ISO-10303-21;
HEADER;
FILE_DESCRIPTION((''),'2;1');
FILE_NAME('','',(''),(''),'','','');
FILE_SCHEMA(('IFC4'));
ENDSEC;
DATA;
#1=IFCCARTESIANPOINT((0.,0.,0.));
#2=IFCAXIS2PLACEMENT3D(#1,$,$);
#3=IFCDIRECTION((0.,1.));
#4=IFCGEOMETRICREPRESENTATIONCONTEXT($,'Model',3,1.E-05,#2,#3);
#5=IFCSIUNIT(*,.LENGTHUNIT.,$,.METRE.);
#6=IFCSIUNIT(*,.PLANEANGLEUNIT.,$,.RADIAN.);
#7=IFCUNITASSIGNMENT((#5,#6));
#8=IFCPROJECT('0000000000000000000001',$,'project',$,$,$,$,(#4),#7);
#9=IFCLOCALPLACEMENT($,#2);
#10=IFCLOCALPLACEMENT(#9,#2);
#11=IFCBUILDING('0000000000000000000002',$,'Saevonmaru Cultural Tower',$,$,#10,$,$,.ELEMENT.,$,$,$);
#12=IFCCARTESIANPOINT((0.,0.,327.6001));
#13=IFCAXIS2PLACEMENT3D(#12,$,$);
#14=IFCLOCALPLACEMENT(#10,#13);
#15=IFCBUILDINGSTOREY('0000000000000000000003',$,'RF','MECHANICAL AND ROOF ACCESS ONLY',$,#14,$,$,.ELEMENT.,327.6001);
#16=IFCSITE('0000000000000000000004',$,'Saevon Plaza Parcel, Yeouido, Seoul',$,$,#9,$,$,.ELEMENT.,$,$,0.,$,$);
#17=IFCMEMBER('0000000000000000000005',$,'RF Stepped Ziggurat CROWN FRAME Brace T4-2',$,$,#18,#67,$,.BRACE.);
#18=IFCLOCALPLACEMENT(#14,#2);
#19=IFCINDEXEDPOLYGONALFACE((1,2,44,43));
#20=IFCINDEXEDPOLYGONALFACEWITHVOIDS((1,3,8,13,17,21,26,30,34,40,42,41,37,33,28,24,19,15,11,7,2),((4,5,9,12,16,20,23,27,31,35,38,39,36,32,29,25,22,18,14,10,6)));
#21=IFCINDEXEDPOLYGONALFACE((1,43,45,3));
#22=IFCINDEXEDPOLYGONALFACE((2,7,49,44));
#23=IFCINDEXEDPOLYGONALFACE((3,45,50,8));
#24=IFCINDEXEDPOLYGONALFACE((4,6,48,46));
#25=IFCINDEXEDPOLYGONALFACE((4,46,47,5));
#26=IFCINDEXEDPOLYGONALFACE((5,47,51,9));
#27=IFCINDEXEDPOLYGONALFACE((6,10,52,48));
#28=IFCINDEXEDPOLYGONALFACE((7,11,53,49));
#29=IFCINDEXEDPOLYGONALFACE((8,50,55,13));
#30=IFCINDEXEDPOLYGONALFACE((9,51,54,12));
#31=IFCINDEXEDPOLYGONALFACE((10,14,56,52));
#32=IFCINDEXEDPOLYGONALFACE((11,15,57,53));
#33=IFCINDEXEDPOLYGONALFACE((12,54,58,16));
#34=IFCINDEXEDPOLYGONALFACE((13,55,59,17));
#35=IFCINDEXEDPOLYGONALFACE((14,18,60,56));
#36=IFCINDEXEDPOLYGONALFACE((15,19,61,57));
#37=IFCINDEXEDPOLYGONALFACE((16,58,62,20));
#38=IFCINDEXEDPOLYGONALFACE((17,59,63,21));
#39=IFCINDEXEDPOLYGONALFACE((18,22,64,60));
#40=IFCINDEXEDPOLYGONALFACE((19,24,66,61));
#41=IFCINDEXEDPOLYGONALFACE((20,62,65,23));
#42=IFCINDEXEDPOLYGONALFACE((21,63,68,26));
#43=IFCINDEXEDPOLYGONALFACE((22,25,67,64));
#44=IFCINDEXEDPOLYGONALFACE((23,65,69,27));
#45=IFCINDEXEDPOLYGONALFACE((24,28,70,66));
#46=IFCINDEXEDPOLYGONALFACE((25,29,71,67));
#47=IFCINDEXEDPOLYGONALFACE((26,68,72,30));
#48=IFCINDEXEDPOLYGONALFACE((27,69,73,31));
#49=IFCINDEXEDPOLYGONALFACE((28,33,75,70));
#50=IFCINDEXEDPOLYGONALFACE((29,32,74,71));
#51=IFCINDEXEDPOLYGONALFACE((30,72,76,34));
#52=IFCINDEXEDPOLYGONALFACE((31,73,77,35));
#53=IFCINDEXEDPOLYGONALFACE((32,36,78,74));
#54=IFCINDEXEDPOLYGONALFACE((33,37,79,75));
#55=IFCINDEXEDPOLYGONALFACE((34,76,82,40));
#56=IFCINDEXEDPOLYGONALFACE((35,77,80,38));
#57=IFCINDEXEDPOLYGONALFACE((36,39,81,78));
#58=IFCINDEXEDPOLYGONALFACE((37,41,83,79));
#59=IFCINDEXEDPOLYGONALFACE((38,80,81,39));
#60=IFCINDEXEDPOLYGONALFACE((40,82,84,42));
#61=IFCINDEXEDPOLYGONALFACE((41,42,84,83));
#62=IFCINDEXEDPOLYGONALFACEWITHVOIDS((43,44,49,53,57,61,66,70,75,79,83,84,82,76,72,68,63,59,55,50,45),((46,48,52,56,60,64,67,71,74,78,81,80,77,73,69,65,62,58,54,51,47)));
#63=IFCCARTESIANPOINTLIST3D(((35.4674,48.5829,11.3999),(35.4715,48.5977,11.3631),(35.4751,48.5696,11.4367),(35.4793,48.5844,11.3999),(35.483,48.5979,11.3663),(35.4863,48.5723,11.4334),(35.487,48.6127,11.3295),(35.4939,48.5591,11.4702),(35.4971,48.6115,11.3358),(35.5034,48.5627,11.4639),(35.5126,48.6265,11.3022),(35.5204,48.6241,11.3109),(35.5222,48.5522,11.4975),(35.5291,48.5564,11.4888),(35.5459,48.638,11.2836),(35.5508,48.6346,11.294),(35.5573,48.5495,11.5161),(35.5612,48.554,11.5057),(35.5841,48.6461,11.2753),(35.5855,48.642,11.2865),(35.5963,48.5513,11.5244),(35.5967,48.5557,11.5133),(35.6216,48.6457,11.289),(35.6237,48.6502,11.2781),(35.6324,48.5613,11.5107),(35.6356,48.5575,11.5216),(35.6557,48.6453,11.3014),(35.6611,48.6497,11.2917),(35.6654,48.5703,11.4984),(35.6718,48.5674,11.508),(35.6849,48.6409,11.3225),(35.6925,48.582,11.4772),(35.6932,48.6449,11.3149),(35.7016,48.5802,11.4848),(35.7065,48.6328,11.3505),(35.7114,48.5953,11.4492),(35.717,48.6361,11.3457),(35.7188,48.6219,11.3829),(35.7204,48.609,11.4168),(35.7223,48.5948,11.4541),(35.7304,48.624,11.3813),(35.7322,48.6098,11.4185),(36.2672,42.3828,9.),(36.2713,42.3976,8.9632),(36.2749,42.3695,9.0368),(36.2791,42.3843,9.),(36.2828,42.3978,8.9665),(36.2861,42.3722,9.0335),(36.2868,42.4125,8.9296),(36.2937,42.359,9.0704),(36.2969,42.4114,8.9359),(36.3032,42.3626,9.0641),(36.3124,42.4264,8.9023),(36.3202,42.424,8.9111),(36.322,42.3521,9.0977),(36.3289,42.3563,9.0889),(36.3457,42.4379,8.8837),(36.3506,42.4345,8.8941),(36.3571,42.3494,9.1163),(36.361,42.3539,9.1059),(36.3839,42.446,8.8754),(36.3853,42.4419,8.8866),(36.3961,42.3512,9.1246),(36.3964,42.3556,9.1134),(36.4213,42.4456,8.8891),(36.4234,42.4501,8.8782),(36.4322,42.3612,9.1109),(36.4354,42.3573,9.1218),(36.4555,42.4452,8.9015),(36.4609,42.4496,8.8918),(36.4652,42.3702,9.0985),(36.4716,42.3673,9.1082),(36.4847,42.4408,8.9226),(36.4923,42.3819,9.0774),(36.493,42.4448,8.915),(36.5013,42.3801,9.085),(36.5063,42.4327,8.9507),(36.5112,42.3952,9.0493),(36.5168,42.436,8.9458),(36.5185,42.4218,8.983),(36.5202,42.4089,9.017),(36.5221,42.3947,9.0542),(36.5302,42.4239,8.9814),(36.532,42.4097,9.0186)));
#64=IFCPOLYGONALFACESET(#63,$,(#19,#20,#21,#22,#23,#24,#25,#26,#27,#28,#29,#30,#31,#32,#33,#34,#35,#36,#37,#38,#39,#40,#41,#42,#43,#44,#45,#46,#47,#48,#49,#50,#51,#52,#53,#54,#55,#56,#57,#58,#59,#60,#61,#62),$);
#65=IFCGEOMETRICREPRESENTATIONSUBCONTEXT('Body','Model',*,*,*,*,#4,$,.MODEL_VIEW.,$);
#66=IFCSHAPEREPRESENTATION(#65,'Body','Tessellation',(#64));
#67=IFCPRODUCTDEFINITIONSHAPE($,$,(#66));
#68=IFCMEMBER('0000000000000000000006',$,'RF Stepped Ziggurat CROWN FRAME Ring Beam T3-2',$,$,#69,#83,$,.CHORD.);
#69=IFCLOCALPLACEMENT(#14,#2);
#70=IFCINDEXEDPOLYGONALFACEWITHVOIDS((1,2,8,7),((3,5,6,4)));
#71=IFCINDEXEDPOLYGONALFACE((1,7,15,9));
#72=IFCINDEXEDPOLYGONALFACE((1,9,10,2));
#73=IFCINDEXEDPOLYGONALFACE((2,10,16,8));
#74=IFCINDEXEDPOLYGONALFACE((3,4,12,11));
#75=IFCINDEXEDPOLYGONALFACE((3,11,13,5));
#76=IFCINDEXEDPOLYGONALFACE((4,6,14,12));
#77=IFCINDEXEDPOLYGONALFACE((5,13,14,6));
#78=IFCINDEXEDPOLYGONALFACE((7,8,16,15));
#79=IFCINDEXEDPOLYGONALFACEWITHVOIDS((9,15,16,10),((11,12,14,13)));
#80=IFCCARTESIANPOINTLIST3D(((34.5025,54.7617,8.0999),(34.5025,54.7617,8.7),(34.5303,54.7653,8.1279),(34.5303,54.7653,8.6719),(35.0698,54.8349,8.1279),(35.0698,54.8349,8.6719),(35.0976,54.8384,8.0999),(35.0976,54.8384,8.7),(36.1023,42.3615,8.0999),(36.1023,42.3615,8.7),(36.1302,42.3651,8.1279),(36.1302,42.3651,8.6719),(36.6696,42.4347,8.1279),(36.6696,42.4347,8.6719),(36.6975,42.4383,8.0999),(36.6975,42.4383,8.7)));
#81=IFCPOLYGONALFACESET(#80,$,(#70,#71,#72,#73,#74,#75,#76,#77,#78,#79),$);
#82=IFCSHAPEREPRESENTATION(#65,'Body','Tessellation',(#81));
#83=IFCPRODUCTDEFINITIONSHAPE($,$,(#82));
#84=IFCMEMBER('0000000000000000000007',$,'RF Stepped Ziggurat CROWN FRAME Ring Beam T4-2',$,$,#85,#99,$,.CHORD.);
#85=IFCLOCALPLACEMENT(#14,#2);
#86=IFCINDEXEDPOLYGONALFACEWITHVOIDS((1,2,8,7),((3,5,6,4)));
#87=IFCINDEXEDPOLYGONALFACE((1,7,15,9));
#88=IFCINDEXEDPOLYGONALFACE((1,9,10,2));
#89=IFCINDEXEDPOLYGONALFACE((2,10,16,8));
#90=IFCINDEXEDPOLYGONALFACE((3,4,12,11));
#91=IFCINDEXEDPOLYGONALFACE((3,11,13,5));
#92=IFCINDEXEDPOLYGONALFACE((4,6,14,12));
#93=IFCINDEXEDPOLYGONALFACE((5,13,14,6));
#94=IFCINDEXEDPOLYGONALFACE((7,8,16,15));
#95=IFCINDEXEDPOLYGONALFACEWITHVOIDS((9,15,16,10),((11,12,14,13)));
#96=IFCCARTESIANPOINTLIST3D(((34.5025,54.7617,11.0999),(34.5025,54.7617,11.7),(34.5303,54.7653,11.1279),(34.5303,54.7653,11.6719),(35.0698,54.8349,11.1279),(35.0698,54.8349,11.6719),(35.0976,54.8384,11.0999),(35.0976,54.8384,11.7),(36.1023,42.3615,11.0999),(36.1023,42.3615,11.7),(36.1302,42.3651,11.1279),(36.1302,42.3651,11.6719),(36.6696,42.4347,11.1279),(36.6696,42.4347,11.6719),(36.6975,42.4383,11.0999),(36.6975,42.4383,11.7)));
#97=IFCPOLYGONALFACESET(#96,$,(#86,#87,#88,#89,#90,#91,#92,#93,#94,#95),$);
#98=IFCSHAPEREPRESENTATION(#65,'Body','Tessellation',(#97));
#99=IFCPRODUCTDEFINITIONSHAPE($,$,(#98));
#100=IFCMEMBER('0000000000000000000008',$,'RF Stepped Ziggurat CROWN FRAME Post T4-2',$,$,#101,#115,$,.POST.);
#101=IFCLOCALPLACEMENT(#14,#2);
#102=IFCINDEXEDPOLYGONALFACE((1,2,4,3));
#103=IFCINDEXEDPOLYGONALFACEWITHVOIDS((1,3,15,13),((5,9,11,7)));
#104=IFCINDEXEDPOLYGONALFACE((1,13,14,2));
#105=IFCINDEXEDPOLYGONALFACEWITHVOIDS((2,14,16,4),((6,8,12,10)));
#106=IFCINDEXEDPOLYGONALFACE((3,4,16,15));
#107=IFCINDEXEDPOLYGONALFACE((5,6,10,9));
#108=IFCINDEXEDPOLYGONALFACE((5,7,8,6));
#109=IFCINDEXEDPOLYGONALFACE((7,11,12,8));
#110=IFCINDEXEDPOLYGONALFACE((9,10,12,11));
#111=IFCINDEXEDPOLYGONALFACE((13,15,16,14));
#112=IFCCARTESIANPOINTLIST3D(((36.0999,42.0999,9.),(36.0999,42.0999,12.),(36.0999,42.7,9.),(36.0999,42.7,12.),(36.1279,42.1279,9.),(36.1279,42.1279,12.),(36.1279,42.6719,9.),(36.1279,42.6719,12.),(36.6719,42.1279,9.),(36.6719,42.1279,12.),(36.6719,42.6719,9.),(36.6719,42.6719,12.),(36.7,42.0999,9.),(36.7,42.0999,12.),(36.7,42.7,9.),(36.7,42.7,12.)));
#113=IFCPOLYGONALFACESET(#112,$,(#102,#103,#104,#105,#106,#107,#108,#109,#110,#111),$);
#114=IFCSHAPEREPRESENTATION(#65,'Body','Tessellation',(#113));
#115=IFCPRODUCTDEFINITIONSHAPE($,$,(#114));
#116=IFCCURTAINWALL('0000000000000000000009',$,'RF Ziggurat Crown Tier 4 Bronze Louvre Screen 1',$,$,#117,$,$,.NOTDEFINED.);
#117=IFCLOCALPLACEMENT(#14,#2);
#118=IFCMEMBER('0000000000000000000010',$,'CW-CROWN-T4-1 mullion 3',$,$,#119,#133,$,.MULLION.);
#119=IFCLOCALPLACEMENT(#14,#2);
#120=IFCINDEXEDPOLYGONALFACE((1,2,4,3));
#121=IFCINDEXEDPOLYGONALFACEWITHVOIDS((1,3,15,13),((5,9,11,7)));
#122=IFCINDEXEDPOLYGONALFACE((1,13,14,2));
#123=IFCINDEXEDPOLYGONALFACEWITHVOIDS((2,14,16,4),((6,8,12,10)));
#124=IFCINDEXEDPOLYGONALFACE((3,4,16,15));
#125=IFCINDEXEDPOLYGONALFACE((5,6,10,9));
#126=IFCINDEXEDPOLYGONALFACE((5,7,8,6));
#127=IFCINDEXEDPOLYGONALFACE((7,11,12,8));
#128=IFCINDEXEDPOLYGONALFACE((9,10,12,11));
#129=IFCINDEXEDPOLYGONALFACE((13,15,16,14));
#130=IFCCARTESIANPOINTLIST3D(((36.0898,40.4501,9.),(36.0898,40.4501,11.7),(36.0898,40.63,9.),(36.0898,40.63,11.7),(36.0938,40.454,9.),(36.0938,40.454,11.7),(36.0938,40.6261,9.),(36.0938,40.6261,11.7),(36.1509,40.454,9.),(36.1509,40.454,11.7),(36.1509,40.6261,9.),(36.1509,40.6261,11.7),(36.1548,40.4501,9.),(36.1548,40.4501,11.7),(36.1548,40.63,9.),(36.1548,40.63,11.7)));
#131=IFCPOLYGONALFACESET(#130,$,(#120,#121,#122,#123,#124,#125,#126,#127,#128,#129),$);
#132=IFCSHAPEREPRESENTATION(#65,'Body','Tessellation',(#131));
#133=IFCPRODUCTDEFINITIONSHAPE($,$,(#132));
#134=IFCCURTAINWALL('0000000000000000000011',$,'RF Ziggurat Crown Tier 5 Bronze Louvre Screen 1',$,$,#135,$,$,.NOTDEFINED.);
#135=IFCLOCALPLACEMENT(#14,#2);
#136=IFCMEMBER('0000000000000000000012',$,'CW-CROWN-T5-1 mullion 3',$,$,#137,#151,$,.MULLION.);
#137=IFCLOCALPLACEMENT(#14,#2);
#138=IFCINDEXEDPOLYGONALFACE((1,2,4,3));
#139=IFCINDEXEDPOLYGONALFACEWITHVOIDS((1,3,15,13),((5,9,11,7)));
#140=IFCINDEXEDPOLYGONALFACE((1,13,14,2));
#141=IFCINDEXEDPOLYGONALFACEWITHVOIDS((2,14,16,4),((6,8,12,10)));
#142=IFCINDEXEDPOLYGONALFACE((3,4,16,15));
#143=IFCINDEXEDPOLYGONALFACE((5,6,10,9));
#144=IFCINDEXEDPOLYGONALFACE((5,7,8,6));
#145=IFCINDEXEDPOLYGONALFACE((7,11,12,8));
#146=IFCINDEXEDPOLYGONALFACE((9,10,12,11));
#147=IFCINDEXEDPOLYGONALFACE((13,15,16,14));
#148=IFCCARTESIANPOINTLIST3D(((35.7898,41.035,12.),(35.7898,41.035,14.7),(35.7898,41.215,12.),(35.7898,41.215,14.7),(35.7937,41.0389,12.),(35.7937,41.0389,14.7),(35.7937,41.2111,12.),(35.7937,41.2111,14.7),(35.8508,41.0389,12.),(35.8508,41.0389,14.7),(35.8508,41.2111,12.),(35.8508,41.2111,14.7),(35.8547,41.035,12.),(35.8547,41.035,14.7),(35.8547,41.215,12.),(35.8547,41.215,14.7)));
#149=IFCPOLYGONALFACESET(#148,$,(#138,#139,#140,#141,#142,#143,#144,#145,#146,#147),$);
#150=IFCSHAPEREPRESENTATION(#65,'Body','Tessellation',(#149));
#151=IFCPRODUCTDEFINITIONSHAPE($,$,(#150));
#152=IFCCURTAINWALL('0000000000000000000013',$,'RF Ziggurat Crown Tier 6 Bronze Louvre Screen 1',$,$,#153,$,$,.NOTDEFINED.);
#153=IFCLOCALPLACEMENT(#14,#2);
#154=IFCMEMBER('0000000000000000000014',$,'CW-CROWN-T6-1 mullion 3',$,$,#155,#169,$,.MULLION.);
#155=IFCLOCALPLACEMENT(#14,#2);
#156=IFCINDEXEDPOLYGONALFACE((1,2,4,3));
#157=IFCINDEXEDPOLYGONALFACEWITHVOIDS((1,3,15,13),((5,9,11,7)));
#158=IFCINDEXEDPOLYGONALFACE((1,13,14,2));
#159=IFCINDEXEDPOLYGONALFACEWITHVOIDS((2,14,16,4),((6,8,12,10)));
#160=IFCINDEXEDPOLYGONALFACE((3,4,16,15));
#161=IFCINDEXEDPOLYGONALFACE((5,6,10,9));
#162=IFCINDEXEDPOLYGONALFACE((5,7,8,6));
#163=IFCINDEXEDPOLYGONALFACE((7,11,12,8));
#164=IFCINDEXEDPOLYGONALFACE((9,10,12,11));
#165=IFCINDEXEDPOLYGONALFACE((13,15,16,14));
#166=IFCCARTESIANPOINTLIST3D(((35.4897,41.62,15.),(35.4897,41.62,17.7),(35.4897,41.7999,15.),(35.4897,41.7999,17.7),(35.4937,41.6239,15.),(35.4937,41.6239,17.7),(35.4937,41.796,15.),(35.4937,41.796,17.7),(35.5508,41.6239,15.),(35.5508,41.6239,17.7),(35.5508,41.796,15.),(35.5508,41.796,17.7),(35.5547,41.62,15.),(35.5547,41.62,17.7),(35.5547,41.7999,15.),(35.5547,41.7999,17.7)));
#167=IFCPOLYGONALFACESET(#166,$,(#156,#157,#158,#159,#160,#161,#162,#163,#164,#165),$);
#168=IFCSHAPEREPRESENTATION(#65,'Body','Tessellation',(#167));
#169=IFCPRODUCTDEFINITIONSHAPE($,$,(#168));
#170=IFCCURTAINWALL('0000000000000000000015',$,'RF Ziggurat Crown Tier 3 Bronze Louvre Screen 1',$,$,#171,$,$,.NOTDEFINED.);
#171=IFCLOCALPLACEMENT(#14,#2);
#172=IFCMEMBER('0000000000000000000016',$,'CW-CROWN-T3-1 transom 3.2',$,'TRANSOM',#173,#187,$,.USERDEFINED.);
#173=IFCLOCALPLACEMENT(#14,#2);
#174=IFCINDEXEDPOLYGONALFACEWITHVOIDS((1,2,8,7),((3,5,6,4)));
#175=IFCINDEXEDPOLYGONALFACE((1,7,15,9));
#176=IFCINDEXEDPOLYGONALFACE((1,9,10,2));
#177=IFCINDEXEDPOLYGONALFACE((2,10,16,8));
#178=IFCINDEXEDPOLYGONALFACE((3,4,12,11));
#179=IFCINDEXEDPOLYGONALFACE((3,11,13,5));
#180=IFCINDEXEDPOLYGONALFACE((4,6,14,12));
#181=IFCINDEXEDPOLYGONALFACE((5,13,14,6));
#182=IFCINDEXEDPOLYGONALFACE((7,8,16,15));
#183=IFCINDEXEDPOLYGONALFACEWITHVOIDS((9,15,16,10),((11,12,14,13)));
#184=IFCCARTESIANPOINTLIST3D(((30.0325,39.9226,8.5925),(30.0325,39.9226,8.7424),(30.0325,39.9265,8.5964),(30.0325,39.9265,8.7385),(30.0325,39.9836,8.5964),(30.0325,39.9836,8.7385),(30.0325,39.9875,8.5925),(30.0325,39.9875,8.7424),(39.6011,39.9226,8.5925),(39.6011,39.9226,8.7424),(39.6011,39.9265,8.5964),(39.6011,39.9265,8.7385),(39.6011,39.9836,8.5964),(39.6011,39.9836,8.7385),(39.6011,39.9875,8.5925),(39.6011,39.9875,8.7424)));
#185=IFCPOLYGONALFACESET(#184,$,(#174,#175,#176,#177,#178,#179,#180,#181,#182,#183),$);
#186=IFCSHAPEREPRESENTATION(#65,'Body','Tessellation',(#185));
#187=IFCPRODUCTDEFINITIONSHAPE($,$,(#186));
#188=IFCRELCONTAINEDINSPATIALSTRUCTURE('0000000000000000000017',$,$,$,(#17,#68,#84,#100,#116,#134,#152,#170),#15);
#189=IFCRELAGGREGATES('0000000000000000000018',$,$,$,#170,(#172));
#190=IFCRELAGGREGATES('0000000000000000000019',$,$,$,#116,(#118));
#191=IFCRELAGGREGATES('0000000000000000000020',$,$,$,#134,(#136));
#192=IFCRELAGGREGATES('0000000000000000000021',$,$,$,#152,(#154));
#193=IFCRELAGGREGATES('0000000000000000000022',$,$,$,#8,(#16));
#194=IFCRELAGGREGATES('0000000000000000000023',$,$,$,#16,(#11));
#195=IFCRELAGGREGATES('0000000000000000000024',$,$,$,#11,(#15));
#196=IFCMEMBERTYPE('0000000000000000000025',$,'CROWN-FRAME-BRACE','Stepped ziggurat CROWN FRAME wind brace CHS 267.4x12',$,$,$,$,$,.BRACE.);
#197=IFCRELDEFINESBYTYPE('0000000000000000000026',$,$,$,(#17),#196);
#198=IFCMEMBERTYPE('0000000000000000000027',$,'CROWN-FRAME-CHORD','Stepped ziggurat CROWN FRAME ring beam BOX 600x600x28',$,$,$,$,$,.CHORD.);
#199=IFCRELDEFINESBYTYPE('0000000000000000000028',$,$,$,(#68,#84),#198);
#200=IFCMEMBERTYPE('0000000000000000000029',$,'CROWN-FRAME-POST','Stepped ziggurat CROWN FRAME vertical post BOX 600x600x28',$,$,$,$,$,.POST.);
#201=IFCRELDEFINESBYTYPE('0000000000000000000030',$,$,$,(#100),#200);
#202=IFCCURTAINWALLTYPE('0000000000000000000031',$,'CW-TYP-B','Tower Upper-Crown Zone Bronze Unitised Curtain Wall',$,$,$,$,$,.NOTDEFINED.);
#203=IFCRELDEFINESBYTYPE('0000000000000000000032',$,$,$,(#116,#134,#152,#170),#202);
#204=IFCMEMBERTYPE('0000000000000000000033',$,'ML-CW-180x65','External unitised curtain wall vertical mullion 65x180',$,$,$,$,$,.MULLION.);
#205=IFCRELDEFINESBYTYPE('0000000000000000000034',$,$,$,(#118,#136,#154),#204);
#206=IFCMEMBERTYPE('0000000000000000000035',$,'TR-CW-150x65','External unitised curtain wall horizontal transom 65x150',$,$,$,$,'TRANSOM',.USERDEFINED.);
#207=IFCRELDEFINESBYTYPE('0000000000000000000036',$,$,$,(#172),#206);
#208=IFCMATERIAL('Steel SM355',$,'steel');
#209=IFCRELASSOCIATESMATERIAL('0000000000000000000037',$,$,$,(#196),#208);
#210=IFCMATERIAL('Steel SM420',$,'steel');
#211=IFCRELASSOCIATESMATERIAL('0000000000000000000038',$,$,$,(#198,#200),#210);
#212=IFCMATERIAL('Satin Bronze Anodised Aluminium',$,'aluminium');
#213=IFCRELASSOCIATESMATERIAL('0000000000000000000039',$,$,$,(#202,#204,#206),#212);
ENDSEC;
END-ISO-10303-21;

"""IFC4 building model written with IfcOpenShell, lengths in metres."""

from ifc_helpers import new_model, si_unit, direction, frame, origin, origin_2d, place, context, subcontext, project, spatial, hollow_rectangle, hollow_circle, extrude, material, material_profile, profile_set, type_object, element, aggregate, save


model = new_model("IFC4")

# Units and contexts
model_context = context("Model", 3, precision=1e-05, world=origin(), true_north=direction((0.0, 1.0)))
body_context = subcontext(model_context, "Body", "Model", "MODEL_VIEW")
ifc_project = project(units=[si_unit("LENGTHUNIT", "METRE"), si_unit("PLANEANGLEUNIT", "RADIAN")], contexts=[model_context])

# Site, building, storey
site_placement = place(None, origin())
site = spatial("IfcSite", under=ifc_project, at=site_placement, Name="Saevon Plaza Parcel, Yeouido, Seoul", CompositionType="ELEMENT", RefElevation=0.0)
building_placement = place(site_placement, origin())
building = spatial("IfcBuilding", under=site, at=building_placement, Name="Saevonmaru Cultural Tower", CompositionType="ELEMENT")
storey_placement = place(building_placement, frame((0.0, 0.0, 327.6001)))
storey = spatial("IfcBuildingStorey", under=building, at=storey_placement, Name="RF", Description="MECHANICAL AND ROOF ACCESS ONLY", CompositionType="ELEMENT", Elevation=327.6001)

# Members
ifc_material_1 = material(Name="Steel SM355", Category="steel")
ifc_material_profile_1 = material_profile(ifc_material_1, hollow_circle(Radius=0.1338, WallThickness=0.012, at=origin_2d()), Name="CHS-267.4x12")
ifc_profile_set_1 = profile_set([ifc_material_profile_1], Name="Steel SM355")
member_type_1 = type_object("IfcMemberType", Name="CROWN-FRAME-BRACE", Description="Stepped ziggurat CROWN FRAME wind brace CHS 267.4x12", PredefinedType="BRACE", material=ifc_profile_set_1)
member_1_placement = place(storey_placement, frame((36.3999, 42.3999, 9.0), z_axis=(-0.119438, 0.925901, 0.358387), x_axis=(-0.991782, -0.127937, 0.0)))
element("IfcMember", 1, at=member_1_placement, inside=storey, type_object=member_type_1, Name="RF Stepped Ziggurat CROWN FRAME Brace T4-2", PredefinedType="BRACE", context=body_context, shape_type="SweptSolid", body=[
    extrude(hollow_circle(Radius=0.1338, WallThickness=0.012, at=origin_2d()), origin(), (0.0, 0.0, 1.0), 6.6963),
])
ifc_material_2 = material(Name="Steel SM420", Category="steel")
ifc_material_profile_2 = material_profile(ifc_material_2, hollow_rectangle(XDim=0.6001, YDim=0.6001, WallThickness=0.0281, at=origin_2d()), Name="BOX-600x600x28")
ifc_profile_set_2 = profile_set([ifc_material_profile_2], Name="Steel SM420")
member_type_2 = type_object("IfcMemberType", Name="CROWN-FRAME-CHORD", Description="Stepped ziggurat CROWN FRAME ring beam BOX 600x600x28", PredefinedType="CHORD", material=ifc_profile_set_2)
for number, where, z_axis, x_axis, name in (
    (2, (36.3999, 42.3999, 8.3999), (-0.127958, 0.99178, 0.0), (-0.99178, -0.127958, 0.0), "RF Stepped Ziggurat CROWN FRAME Ring Beam T3-2"),
    (3, (36.3999, 42.3999, 11.3999), (-0.127958, 0.99178, 0.0), (-0.99178, -0.127958, 0.0), "RF Stepped Ziggurat CROWN FRAME Ring Beam T4-2"),
):
    element("IfcMember", number, at=place(storey_placement, frame(where, z_axis=z_axis, x_axis=x_axis)), inside=storey, type_object=member_type_2, Name=name, PredefinedType="CHORD", context=body_context, shape_type="SweptSolid", body=[
        extrude(hollow_rectangle(XDim=0.6001, YDim=0.6001, WallThickness=0.0281, at=origin_2d()), origin(), (0.0, 0.0, 1.0), 12.5029),
    ])
ifc_material_profile_3 = material_profile(ifc_material_2, hollow_rectangle(XDim=0.6001, YDim=0.6001, WallThickness=0.0281, at=origin_2d()), Name="BOX-600x600x28")
ifc_profile_set_3 = profile_set([ifc_material_profile_3], Name="Steel SM420")
member_type_3 = type_object("IfcMemberType", Name="CROWN-FRAME-POST", Description="Stepped ziggurat CROWN FRAME vertical post BOX 600x600x28", PredefinedType="POST", material=ifc_profile_set_3)
member_2_placement = place(storey_placement, frame((36.3999, 42.3999, 9.0), z_axis=(0.0, 0.0, 1.0), x_axis=(1.0, 0.0, 0.0)))
element("IfcMember", 4, at=member_2_placement, inside=storey, type_object=member_type_3, Name="RF Stepped Ziggurat CROWN FRAME Post T4-2", PredefinedType="POST", context=body_context, shape_type="SweptSolid", body=[
    extrude(hollow_rectangle(XDim=0.6001, YDim=0.6001, WallThickness=0.0281, at=origin_2d()), origin(), (0.0, 0.0, 1.0), 3.0),
])

# Curtain walls, members
ifc_material_3 = material(Name="Satin Bronze Anodised Aluminium", Category="aluminium")
curtain_wall_type = type_object("IfcCurtainWallType", Name="CW-TYP-B", Description="Tower Upper-Crown Zone Bronze Unitised Curtain Wall", PredefinedType="NOTDEFINED", material=ifc_material_3)
curtain_wall_1_placement = place(storey_placement, origin())
curtain_wall_1 = element("IfcCurtainWall", 5, at=curtain_wall_1_placement, inside=storey, type_object=curtain_wall_type, Name="RF Ziggurat Crown Tier 4 Bronze Louvre Screen 1", PredefinedType="NOTDEFINED")
ifc_material_profile_4 = material_profile(ifc_material_3, hollow_rectangle(XDim=0.0649, YDim=0.1799, WallThickness=0.0039, at=origin_2d()), Name="ALU-MULL-180x65x4")
ifc_profile_set_4 = profile_set([ifc_material_profile_4], Name="Satin Bronze Anodised Aluminium")
member_type_4 = type_object("IfcMemberType", Name="ML-CW-180x65", Description="External unitised curtain wall vertical mullion 65x180", PredefinedType="MULLION", material=ifc_profile_set_4)
member_3_placement = place(storey_placement, frame((36.1223, 40.54, 9.0), z_axis=(0.0, 0.0, 1.0), x_axis=(1.0, 0.0, 0.0)))
member_3 = element("IfcMember", 6, at=member_3_placement, type_object=member_type_4, Name="CW-CROWN-T4-1 mullion 3", PredefinedType="MULLION", context=body_context, shape_type="SweptSolid", body=[
    extrude(hollow_rectangle(XDim=0.0649, YDim=0.1799, WallThickness=0.0039, at=origin_2d()), origin(), (0.0, 0.0, 1.0), 2.7),
])
curtain_wall_2_placement = place(storey_placement, origin())
curtain_wall_2 = element("IfcCurtainWall", 7, at=curtain_wall_2_placement, inside=storey, type_object=curtain_wall_type, Name="RF Ziggurat Crown Tier 5 Bronze Louvre Screen 1", PredefinedType="NOTDEFINED")
member_4_placement = place(storey_placement, frame((35.8223, 41.125, 12.0), z_axis=(0.0, 0.0, 1.0), x_axis=(1.0, 0.0, 0.0)))
member_4 = element("IfcMember", 8, at=member_4_placement, type_object=member_type_4, Name="CW-CROWN-T5-1 mullion 3", PredefinedType="MULLION", context=body_context, shape_type="SweptSolid", body=[
    extrude(hollow_rectangle(XDim=0.0649, YDim=0.1799, WallThickness=0.0039, at=origin_2d()), origin(), (0.0, 0.0, 1.0), 2.7),
])
curtain_wall_3_placement = place(storey_placement, origin())
curtain_wall_3 = element("IfcCurtainWall", 9, at=curtain_wall_3_placement, inside=storey, type_object=curtain_wall_type, Name="RF Ziggurat Crown Tier 6 Bronze Louvre Screen 1", PredefinedType="NOTDEFINED")
member_5_placement = place(storey_placement, frame((35.5222, 41.71, 15.0), z_axis=(0.0, 0.0, 1.0), x_axis=(1.0, 0.0, 0.0)))
member_5 = element("IfcMember", 10, at=member_5_placement, type_object=member_type_4, Name="CW-CROWN-T6-1 mullion 3", PredefinedType="MULLION", context=body_context, shape_type="SweptSolid", body=[
    extrude(hollow_rectangle(XDim=0.0649, YDim=0.1799, WallThickness=0.0039, at=origin_2d()), origin(), (0.0, 0.0, 1.0), 2.7),
])
curtain_wall_4_placement = place(storey_placement, origin())
curtain_wall_4 = element("IfcCurtainWall", 11, at=curtain_wall_4_placement, inside=storey, type_object=curtain_wall_type, Name="RF Ziggurat Crown Tier 3 Bronze Louvre Screen 1", PredefinedType="NOTDEFINED")
ifc_material_profile_5 = material_profile(ifc_material_3, hollow_rectangle(XDim=0.0649, YDim=0.1499, WallThickness=0.0039, at=origin_2d()), Name="ALU-TRAN-150x65x4")
ifc_profile_set_5 = profile_set([ifc_material_profile_5], Name="Satin Bronze Anodised Aluminium")
member_type_5 = type_object("IfcMemberType", Name="TR-CW-150x65", Description="External unitised curtain wall horizontal transom 65x150", ElementType="TRANSOM", PredefinedType="USERDEFINED", material=ifc_profile_set_5)
member_6_placement = place(storey_placement, frame((30.0325, 39.9551, 8.6675), z_axis=(1.0, 0.0, 0.0), x_axis=(0.0, 1.0, 0.0)))
member_6 = element("IfcMember", 12, at=member_6_placement, type_object=member_type_5, Name="CW-CROWN-T3-1 transom 3.2", ObjectType="TRANSOM", PredefinedType="USERDEFINED", context=body_context, shape_type="SweptSolid", body=[
    extrude(hollow_rectangle(XDim=0.0649, YDim=0.1499, WallThickness=0.0039, at=origin_2d()), origin(), (0.0, 0.0, 1.0), 9.5686),
])
aggregate(curtain_wall_4, [member_6])

aggregate(curtain_wall_1, [member_3])

aggregate(curtain_wall_2, [member_4])
aggregate(curtain_wall_3, [member_5])

save(model, "model.ifc")
